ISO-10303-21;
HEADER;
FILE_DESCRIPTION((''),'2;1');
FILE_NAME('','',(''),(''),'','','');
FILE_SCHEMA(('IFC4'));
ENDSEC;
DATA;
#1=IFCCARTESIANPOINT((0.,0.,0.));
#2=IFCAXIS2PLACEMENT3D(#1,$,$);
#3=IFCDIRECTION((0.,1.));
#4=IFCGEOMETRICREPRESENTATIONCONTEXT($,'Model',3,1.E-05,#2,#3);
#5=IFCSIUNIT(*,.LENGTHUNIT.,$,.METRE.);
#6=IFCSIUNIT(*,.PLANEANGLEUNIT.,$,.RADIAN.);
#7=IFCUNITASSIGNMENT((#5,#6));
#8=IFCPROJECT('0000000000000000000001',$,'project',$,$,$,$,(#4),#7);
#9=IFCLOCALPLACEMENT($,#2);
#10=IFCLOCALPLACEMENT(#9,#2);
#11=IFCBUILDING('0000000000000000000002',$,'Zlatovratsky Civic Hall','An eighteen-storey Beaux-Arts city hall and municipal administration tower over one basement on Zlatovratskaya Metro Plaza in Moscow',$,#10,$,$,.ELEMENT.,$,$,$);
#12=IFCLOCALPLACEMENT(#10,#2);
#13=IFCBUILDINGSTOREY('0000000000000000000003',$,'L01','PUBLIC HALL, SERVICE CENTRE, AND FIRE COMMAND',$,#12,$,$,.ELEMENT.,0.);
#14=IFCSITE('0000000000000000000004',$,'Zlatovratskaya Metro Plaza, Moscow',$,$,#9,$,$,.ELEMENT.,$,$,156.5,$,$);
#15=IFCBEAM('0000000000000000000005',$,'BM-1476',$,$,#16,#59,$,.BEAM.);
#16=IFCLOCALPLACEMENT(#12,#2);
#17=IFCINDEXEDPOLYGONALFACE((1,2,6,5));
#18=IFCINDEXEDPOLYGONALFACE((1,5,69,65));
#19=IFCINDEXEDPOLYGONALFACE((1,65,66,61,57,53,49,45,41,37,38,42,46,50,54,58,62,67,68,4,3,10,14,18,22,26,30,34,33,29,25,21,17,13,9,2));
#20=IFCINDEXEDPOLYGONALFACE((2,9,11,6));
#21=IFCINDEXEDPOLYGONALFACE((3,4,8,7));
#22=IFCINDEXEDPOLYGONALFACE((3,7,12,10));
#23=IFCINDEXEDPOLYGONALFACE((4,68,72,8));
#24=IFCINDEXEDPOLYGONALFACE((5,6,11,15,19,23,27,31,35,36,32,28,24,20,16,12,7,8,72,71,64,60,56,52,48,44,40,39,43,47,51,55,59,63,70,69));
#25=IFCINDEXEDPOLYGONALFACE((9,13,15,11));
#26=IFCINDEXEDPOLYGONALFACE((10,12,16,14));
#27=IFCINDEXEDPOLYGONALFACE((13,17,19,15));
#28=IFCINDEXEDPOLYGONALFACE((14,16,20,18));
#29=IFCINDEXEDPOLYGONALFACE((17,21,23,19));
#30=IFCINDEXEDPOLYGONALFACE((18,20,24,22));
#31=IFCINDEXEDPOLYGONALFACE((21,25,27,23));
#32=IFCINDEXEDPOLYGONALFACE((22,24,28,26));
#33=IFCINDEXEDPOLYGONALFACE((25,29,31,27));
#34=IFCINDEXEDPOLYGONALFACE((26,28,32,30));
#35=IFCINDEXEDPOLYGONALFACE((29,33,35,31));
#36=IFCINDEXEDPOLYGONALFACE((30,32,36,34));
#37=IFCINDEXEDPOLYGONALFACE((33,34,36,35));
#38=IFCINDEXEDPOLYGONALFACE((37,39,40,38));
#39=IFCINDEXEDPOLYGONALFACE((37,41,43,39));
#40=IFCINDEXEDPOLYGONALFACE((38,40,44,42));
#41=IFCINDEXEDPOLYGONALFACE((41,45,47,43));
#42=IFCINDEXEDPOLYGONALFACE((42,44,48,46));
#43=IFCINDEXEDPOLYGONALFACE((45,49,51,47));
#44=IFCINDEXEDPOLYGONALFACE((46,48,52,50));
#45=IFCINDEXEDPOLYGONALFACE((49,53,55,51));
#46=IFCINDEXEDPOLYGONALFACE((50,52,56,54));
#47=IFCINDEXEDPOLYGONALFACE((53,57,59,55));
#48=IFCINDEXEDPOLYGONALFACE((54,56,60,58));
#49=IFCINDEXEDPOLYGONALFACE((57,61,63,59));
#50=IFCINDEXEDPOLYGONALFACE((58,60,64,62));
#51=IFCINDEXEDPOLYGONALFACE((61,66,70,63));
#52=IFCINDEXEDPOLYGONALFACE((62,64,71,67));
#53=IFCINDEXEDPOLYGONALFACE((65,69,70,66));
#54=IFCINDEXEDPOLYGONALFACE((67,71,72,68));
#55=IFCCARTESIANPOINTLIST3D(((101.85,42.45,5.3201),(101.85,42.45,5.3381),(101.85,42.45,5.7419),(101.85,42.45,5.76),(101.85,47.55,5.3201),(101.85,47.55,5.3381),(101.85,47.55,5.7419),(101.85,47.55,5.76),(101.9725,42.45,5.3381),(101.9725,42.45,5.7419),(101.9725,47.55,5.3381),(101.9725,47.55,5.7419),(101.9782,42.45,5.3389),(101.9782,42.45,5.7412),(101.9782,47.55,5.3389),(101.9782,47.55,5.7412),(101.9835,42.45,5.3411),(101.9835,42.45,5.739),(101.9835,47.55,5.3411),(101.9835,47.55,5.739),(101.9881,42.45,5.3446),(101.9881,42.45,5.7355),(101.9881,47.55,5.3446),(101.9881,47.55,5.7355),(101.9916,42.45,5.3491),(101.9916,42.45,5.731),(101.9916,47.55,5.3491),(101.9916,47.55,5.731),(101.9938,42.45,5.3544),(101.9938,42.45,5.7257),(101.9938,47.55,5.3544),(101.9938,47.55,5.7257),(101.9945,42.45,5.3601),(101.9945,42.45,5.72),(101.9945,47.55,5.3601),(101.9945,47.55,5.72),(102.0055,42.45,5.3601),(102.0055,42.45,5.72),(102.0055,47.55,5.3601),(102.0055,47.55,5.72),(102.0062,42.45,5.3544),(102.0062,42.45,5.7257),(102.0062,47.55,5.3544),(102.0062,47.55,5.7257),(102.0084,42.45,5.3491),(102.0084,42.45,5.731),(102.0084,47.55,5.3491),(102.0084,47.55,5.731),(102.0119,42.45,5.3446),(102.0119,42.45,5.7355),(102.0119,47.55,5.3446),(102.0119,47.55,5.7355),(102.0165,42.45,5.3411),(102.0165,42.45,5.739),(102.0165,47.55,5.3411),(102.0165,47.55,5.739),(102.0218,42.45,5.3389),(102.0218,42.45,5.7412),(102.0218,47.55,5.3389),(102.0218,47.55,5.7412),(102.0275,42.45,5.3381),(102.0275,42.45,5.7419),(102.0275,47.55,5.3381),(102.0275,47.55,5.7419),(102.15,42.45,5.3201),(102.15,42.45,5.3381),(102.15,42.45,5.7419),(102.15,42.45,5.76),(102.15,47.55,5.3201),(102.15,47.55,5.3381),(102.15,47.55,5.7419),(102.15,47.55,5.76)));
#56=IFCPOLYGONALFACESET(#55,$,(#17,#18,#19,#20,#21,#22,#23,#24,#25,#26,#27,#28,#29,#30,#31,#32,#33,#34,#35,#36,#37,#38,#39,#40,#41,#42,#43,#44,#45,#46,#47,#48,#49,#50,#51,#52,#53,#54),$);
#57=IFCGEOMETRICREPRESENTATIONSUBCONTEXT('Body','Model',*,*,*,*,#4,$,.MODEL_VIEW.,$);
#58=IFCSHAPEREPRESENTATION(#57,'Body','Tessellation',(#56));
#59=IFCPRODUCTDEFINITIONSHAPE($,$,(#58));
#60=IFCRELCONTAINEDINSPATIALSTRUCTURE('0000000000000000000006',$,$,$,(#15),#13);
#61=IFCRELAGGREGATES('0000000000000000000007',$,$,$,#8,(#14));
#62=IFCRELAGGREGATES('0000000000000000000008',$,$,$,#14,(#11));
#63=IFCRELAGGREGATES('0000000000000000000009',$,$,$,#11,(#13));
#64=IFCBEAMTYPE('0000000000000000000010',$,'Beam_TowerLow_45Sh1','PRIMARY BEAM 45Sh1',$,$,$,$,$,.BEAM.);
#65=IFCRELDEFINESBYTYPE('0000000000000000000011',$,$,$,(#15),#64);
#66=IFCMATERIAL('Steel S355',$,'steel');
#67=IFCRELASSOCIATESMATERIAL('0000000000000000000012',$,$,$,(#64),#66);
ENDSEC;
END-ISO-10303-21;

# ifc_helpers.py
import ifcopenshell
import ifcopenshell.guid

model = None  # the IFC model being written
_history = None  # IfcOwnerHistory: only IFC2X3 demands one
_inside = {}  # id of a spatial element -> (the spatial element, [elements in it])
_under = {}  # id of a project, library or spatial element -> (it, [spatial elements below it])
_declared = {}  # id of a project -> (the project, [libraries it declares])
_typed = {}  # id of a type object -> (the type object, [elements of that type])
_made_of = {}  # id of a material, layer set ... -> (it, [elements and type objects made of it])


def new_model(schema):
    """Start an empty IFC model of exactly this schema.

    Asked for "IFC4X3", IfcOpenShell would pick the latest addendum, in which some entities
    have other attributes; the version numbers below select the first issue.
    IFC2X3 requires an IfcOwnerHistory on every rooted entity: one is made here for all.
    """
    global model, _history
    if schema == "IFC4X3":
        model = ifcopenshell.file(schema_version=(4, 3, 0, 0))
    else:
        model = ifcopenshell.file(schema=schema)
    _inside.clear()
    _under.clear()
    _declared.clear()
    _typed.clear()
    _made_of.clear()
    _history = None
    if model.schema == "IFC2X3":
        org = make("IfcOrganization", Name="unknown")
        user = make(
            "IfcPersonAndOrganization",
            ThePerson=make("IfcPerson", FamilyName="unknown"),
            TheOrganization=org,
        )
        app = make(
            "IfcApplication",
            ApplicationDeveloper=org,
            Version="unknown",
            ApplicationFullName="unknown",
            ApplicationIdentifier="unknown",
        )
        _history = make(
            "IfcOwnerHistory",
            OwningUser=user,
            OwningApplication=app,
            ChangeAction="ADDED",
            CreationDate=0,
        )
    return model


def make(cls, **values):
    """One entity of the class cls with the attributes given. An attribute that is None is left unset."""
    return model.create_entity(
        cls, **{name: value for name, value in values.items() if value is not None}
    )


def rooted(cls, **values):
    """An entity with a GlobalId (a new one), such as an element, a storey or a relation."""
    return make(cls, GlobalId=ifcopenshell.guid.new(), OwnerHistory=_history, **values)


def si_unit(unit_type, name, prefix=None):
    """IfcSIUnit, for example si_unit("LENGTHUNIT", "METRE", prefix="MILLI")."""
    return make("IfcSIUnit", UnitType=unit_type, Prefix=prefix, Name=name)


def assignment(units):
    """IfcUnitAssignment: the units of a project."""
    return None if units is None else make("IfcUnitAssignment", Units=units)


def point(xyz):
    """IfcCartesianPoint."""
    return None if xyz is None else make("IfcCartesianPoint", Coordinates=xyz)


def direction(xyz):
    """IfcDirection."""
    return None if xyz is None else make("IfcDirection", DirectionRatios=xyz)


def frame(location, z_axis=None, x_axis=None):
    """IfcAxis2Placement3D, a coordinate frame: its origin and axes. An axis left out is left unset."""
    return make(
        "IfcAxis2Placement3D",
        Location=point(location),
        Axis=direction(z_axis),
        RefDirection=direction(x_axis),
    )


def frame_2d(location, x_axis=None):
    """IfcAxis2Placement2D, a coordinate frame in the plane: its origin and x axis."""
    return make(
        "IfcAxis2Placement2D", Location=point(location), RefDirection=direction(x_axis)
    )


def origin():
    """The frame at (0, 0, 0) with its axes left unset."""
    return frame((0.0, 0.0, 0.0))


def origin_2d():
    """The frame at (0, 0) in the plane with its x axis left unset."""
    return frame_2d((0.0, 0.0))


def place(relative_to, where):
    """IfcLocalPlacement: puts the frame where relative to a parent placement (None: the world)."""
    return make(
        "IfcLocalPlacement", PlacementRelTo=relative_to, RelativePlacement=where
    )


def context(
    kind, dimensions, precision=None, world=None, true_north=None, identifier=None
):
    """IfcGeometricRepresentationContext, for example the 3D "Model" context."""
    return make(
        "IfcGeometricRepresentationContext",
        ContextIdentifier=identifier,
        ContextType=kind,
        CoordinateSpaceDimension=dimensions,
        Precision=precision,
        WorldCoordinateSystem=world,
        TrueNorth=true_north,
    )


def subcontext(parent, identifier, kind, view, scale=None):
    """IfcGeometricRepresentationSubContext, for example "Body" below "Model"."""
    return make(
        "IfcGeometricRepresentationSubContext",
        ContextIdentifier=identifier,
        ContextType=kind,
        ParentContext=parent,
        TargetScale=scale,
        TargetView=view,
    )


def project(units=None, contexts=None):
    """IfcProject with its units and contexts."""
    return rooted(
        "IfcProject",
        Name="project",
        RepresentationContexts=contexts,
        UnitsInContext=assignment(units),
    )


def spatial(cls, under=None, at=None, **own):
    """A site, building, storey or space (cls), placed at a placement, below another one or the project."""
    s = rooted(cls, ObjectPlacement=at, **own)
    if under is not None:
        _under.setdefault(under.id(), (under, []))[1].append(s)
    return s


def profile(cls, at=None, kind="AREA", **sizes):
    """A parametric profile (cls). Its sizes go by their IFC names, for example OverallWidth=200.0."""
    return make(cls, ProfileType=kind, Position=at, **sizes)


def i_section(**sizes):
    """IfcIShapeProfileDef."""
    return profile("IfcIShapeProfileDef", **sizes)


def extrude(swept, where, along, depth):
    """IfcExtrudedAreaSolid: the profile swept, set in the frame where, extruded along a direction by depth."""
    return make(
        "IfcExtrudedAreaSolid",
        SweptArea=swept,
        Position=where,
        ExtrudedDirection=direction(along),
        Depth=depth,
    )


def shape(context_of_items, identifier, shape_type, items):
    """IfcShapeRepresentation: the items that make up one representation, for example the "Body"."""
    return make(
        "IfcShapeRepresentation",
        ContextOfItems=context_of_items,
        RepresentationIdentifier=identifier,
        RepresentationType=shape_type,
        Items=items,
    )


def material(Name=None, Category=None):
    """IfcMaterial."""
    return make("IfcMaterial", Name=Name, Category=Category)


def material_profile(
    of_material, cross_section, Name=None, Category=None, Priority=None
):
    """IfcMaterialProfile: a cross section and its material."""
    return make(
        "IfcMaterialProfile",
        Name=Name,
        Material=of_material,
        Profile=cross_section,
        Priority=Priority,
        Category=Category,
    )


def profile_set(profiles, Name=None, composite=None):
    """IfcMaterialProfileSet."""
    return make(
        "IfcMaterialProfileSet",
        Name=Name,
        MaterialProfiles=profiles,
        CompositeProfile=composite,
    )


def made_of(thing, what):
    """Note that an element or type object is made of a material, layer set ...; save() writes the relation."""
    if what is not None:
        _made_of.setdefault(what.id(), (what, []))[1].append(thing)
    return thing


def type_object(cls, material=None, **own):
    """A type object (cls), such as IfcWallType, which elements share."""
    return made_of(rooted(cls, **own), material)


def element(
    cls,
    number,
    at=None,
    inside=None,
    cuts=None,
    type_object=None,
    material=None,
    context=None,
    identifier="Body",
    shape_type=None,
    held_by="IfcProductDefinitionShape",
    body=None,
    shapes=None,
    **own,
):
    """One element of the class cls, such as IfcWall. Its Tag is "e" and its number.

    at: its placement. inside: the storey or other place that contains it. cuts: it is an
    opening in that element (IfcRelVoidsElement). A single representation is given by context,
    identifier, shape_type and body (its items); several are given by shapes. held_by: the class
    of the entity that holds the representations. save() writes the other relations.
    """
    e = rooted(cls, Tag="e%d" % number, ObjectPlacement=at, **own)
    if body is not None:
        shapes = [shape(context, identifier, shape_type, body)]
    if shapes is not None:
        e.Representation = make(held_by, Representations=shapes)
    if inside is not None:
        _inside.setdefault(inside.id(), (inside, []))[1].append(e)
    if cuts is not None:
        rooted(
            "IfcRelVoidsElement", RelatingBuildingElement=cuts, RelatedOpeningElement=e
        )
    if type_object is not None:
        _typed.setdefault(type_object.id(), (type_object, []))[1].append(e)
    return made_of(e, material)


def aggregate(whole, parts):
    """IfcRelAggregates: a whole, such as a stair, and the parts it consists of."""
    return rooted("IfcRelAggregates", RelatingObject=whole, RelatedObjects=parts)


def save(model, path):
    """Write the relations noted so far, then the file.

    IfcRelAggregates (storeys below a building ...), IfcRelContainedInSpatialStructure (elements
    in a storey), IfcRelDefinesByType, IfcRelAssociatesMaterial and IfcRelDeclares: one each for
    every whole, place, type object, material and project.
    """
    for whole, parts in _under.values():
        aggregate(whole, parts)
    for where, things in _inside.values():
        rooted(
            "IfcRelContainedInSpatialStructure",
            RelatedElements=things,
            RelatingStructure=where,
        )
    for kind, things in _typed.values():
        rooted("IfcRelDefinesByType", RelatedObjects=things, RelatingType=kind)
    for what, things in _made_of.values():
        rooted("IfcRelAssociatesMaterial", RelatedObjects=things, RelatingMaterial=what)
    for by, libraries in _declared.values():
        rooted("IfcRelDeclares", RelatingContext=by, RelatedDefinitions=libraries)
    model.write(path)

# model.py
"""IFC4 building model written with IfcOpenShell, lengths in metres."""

from ifc_helpers import new_model, si_unit, direction, frame, origin, origin_2d, place, context, subcontext, project, spatial, i_section, extrude, material, material_profile, profile_set, type_object, element, save


model = new_model("IFC4")

# Units and contexts
model_context = context("Model", 3, precision=1e-05, world=origin(), true_north=direction((0.0, 1.0)))
body_context = subcontext(model_context, "Body", "Model", "MODEL_VIEW")
ifc_project = project(units=[si_unit("LENGTHUNIT", "METRE"), si_unit("PLANEANGLEUNIT", "RADIAN")], contexts=[model_context])

# Site, building, storey
site_placement = place(None, origin())
site = spatial("IfcSite", under=ifc_project, at=site_placement, Name="Zlatovratskaya Metro Plaza, Moscow", CompositionType="ELEMENT", RefElevation=156.5)
building_placement = place(site_placement, origin())
building = spatial("IfcBuilding", under=site, at=building_placement, Name="Zlatovratsky Civic Hall", Description="An eighteen-storey Beaux-Arts city hall and municipal administration tower over one basement on Zlatovratskaya Metro Plaza in Moscow", CompositionType="ELEMENT")
storey_placement = place(building_placement, origin())
storey = spatial("IfcBuildingStorey", under=building, at=storey_placement, Name="L01", Description="PUBLIC HALL, SERVICE CENTRE, AND FIRE COMMAND", CompositionType="ELEMENT", Elevation=0.0)

# Shared definitions
ifc_material_1 = material(Name="Steel S355", Category="steel")

# Beam
ifc_material_profile_1 = material_profile(ifc_material_1, i_section(OverallWidth=0.3, OverallDepth=0.4399, WebThickness=0.011, FlangeThickness=0.0181, FilletRadius=0.022, at=origin_2d()), Name="45Sh1")
ifc_profile_set_1 = profile_set([ifc_material_profile_1], Name="Steel S355")
beam_type = type_object("IfcBeamType", Name="Beam_TowerLow_45Sh1", Description="PRIMARY BEAM 45Sh1", PredefinedType="BEAM", material=ifc_profile_set_1)
beam_1_placement = place(storey_placement, frame((102.0, 42.45, 5.54), z_axis=(0.0, 1.0, 0.0), x_axis=(-1.0, 0.0, 0.0)))
element("IfcBeam", 1, at=beam_1_placement, inside=storey, type_object=beam_type, Name="BM-1476", PredefinedType="BEAM", context=body_context, shape_type="SweptSolid", body=[
    extrude(i_section(OverallWidth=0.3, OverallDepth=0.4399, WebThickness=0.011, FlangeThickness=0.0181, FilletRadius=0.022, at=origin_2d()), origin(), (0.0, 0.0, 1.0), 5.1001),
])

save(model, "model.ifc")
